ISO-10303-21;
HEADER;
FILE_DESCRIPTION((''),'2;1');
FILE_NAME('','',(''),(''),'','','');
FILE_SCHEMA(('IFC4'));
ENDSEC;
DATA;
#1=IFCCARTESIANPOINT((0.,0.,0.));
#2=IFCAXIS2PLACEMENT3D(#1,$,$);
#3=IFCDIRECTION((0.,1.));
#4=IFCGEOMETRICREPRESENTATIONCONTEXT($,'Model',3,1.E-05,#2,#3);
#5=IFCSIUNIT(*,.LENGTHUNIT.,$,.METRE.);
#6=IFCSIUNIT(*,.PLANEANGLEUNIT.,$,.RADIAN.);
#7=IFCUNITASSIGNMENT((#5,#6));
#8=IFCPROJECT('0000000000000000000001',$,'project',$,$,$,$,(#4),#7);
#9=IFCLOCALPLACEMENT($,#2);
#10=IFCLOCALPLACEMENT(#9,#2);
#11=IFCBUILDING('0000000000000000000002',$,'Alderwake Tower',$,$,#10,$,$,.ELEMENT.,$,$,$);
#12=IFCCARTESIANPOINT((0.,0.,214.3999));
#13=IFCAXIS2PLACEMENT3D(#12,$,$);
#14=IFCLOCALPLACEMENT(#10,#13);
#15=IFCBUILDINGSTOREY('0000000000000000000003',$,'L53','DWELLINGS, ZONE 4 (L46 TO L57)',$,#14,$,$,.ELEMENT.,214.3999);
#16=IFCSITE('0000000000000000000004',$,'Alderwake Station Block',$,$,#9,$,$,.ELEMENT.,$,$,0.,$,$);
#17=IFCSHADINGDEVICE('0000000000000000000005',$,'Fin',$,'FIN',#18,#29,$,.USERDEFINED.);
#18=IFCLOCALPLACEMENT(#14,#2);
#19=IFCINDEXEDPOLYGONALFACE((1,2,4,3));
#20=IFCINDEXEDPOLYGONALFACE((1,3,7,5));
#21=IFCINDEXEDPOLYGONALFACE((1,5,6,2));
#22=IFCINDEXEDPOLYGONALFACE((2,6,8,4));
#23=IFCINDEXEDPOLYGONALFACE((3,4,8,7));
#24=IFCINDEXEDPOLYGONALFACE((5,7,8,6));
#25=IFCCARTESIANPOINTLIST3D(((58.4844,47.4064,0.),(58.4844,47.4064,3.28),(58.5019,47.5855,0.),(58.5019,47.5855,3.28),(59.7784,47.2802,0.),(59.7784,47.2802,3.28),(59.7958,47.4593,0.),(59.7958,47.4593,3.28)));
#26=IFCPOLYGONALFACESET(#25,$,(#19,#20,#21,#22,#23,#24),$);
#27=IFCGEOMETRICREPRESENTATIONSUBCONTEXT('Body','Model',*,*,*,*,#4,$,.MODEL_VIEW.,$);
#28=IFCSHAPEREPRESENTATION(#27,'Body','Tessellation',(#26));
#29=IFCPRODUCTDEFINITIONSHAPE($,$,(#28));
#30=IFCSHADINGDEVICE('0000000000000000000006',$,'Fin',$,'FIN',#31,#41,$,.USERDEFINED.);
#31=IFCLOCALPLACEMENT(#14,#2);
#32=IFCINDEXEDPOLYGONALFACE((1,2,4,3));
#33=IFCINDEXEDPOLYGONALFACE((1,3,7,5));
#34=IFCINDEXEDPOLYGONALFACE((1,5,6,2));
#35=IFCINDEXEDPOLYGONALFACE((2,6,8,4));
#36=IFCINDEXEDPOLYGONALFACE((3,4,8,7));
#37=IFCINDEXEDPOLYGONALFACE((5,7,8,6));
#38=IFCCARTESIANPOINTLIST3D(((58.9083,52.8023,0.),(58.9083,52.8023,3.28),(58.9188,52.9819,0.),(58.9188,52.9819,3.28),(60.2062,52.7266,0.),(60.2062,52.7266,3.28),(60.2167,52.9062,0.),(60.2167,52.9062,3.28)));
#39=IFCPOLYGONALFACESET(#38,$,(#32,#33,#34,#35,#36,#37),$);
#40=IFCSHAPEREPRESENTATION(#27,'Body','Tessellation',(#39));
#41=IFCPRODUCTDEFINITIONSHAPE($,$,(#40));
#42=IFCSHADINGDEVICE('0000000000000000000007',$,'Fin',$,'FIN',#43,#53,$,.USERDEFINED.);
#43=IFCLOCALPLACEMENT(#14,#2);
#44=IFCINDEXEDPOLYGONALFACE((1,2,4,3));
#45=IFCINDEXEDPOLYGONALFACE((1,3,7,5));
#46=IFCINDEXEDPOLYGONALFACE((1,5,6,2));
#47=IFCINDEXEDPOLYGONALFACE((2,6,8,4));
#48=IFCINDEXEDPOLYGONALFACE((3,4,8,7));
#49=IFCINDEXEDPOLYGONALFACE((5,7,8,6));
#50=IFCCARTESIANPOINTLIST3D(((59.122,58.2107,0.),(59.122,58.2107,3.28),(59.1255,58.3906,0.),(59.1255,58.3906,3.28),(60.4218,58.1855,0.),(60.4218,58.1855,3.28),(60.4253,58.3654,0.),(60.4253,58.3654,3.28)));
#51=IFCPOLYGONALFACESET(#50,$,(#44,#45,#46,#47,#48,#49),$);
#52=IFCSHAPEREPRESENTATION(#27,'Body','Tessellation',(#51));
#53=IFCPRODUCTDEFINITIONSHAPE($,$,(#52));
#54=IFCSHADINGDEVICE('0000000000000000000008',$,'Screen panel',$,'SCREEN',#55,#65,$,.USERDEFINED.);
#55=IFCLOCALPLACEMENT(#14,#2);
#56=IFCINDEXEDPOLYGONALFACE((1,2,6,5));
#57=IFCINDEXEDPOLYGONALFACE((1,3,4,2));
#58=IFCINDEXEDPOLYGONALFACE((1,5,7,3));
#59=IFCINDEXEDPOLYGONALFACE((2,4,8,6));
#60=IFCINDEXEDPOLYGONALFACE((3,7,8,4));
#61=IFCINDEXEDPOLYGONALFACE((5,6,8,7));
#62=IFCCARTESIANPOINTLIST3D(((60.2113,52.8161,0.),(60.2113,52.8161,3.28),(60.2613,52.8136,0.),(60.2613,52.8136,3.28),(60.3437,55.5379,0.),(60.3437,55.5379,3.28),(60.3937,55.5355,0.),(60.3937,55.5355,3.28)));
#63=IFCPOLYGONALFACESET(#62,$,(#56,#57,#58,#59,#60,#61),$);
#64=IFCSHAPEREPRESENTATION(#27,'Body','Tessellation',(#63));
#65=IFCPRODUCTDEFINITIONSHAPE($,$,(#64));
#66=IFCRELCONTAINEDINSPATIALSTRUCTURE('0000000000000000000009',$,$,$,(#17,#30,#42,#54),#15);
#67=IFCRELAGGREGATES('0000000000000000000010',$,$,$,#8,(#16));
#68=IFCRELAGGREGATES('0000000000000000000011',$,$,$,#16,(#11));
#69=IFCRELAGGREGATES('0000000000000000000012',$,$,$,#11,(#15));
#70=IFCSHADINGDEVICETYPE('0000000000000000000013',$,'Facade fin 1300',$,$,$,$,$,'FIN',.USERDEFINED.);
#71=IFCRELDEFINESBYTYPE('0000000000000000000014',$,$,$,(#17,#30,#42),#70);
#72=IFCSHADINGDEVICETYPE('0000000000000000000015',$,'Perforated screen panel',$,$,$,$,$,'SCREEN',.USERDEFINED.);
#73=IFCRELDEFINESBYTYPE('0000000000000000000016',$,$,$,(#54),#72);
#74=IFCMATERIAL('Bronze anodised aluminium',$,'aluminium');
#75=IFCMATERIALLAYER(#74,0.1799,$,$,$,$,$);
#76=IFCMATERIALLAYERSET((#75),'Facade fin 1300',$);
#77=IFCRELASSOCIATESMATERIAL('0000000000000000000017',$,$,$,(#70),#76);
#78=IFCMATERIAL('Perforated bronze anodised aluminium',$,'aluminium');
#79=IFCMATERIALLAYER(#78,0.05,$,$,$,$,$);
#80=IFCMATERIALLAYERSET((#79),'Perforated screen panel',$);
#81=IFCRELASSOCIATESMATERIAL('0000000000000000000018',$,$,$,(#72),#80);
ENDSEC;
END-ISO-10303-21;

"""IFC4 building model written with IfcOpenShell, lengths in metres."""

from ifc_helpers import new_model, si_unit, direction, frame, origin, origin_2d, place, context, subcontext, project, spatial, rectangle, extrude, material, layer, layer_set, type_object, element, save


model = new_model("IFC4")

# Units and contexts
model_context = context("Model", 3, precision=1e-05, world=origin(), true_north=direction((0.0, 1.0)))
body_context = subcontext(model_context, "Body", "Model", "MODEL_VIEW")
ifc_project = project(units=[si_unit("LENGTHUNIT", "METRE"), si_unit("PLANEANGLEUNIT", "RADIAN")], contexts=[model_context])

# Site, building, storey
site_placement = place(None, origin())
site = spatial("IfcSite", under=ifc_project, at=site_placement, Name="Alderwake Station Block", CompositionType="ELEMENT", RefElevation=0.0)
building_placement = place(site_placement, origin())
building = spatial("IfcBuilding", under=site, at=building_placement, Name="Alderwake Tower", CompositionType="ELEMENT")
storey_placement = place(building_placement, frame((0.0, 0.0, 214.3999)))
storey = spatial("IfcBuildingStorey", under=building, at=storey_placement, Name="L53", Description="DWELLINGS, ZONE 4 (L46 TO L57)", CompositionType="ELEMENT", Elevation=214.3999)

# Shading devices
ifc_material_1 = material(Name="Bronze anodised aluminium", Category="aluminium")
ifc_layer_1 = layer(ifc_material_1, 0.1799)
ifc_layer_set_1 = layer_set([ifc_layer_1], Name="Facade fin 1300")
shading_device_type_1 = type_object("IfcShadingDeviceType", Name="Facade fin 1300", ElementType="FIN", PredefinedType="USERDEFINED", material=ifc_layer_set_1)
for number, where, z_axis, x_axis, name in (
    (1, (59.1401, 47.4329, 0.0), (0.0, 0.0, 1.0), (0.99528, -0.097046, 0.0), "Fin"),
    (2, (59.5625, 52.8542, 0.0), (0.0, 0.0, 1.0), (0.998301, -0.058266, 0.0), "Fin"),
    (3, (59.7737, 58.2881, 0.0), (0.0, 0.0, 1.0), (0.999812, -0.019398, 0.0), "Fin"),
):
    element("IfcShadingDevice", number, at=place(storey_placement, frame(where, z_axis=z_axis, x_axis=x_axis)), inside=storey, type_object=shading_device_type_1, Name=name, ObjectType="FIN", PredefinedType="USERDEFINED", context=body_context, shape_type="SweptSolid", body=[
        extrude(rectangle(XDim=1.3, YDim=0.1799, at=origin_2d()), origin(), (0.0, 0.0, 1.0), 3.28),
    ])
ifc_material_2 = material(Name="Perforated bronze anodised aluminium", Category="aluminium")
ifc_layer_2 = layer(ifc_material_2, 0.05)
ifc_layer_set_2 = layer_set([ifc_layer_2], Name="Perforated screen panel")
shading_device_type_2 = type_object("IfcShadingDeviceType", Name="Perforated screen panel", ElementType="SCREEN", PredefinedType="USERDEFINED", material=ifc_layer_set_2)
shading_device_placement = place(storey_placement, frame((60.3025, 54.1758, 0.0), z_axis=(0.0, 0.0, 1.0), x_axis=(0.998819, -0.048581, 0.0)))
element("IfcShadingDevice", 4, at=shading_device_placement, inside=storey, type_object=shading_device_type_2, Name="Screen panel", ObjectType="SCREEN", PredefinedType="USERDEFINED", context=body_context, shape_type="SweptSolid", body=[
    extrude(rectangle(XDim=0.05, YDim=2.7251, at=origin_2d()), origin(), (0.0, 0.0, 1.0), 3.28),
])

save(model, "model.ifc")
